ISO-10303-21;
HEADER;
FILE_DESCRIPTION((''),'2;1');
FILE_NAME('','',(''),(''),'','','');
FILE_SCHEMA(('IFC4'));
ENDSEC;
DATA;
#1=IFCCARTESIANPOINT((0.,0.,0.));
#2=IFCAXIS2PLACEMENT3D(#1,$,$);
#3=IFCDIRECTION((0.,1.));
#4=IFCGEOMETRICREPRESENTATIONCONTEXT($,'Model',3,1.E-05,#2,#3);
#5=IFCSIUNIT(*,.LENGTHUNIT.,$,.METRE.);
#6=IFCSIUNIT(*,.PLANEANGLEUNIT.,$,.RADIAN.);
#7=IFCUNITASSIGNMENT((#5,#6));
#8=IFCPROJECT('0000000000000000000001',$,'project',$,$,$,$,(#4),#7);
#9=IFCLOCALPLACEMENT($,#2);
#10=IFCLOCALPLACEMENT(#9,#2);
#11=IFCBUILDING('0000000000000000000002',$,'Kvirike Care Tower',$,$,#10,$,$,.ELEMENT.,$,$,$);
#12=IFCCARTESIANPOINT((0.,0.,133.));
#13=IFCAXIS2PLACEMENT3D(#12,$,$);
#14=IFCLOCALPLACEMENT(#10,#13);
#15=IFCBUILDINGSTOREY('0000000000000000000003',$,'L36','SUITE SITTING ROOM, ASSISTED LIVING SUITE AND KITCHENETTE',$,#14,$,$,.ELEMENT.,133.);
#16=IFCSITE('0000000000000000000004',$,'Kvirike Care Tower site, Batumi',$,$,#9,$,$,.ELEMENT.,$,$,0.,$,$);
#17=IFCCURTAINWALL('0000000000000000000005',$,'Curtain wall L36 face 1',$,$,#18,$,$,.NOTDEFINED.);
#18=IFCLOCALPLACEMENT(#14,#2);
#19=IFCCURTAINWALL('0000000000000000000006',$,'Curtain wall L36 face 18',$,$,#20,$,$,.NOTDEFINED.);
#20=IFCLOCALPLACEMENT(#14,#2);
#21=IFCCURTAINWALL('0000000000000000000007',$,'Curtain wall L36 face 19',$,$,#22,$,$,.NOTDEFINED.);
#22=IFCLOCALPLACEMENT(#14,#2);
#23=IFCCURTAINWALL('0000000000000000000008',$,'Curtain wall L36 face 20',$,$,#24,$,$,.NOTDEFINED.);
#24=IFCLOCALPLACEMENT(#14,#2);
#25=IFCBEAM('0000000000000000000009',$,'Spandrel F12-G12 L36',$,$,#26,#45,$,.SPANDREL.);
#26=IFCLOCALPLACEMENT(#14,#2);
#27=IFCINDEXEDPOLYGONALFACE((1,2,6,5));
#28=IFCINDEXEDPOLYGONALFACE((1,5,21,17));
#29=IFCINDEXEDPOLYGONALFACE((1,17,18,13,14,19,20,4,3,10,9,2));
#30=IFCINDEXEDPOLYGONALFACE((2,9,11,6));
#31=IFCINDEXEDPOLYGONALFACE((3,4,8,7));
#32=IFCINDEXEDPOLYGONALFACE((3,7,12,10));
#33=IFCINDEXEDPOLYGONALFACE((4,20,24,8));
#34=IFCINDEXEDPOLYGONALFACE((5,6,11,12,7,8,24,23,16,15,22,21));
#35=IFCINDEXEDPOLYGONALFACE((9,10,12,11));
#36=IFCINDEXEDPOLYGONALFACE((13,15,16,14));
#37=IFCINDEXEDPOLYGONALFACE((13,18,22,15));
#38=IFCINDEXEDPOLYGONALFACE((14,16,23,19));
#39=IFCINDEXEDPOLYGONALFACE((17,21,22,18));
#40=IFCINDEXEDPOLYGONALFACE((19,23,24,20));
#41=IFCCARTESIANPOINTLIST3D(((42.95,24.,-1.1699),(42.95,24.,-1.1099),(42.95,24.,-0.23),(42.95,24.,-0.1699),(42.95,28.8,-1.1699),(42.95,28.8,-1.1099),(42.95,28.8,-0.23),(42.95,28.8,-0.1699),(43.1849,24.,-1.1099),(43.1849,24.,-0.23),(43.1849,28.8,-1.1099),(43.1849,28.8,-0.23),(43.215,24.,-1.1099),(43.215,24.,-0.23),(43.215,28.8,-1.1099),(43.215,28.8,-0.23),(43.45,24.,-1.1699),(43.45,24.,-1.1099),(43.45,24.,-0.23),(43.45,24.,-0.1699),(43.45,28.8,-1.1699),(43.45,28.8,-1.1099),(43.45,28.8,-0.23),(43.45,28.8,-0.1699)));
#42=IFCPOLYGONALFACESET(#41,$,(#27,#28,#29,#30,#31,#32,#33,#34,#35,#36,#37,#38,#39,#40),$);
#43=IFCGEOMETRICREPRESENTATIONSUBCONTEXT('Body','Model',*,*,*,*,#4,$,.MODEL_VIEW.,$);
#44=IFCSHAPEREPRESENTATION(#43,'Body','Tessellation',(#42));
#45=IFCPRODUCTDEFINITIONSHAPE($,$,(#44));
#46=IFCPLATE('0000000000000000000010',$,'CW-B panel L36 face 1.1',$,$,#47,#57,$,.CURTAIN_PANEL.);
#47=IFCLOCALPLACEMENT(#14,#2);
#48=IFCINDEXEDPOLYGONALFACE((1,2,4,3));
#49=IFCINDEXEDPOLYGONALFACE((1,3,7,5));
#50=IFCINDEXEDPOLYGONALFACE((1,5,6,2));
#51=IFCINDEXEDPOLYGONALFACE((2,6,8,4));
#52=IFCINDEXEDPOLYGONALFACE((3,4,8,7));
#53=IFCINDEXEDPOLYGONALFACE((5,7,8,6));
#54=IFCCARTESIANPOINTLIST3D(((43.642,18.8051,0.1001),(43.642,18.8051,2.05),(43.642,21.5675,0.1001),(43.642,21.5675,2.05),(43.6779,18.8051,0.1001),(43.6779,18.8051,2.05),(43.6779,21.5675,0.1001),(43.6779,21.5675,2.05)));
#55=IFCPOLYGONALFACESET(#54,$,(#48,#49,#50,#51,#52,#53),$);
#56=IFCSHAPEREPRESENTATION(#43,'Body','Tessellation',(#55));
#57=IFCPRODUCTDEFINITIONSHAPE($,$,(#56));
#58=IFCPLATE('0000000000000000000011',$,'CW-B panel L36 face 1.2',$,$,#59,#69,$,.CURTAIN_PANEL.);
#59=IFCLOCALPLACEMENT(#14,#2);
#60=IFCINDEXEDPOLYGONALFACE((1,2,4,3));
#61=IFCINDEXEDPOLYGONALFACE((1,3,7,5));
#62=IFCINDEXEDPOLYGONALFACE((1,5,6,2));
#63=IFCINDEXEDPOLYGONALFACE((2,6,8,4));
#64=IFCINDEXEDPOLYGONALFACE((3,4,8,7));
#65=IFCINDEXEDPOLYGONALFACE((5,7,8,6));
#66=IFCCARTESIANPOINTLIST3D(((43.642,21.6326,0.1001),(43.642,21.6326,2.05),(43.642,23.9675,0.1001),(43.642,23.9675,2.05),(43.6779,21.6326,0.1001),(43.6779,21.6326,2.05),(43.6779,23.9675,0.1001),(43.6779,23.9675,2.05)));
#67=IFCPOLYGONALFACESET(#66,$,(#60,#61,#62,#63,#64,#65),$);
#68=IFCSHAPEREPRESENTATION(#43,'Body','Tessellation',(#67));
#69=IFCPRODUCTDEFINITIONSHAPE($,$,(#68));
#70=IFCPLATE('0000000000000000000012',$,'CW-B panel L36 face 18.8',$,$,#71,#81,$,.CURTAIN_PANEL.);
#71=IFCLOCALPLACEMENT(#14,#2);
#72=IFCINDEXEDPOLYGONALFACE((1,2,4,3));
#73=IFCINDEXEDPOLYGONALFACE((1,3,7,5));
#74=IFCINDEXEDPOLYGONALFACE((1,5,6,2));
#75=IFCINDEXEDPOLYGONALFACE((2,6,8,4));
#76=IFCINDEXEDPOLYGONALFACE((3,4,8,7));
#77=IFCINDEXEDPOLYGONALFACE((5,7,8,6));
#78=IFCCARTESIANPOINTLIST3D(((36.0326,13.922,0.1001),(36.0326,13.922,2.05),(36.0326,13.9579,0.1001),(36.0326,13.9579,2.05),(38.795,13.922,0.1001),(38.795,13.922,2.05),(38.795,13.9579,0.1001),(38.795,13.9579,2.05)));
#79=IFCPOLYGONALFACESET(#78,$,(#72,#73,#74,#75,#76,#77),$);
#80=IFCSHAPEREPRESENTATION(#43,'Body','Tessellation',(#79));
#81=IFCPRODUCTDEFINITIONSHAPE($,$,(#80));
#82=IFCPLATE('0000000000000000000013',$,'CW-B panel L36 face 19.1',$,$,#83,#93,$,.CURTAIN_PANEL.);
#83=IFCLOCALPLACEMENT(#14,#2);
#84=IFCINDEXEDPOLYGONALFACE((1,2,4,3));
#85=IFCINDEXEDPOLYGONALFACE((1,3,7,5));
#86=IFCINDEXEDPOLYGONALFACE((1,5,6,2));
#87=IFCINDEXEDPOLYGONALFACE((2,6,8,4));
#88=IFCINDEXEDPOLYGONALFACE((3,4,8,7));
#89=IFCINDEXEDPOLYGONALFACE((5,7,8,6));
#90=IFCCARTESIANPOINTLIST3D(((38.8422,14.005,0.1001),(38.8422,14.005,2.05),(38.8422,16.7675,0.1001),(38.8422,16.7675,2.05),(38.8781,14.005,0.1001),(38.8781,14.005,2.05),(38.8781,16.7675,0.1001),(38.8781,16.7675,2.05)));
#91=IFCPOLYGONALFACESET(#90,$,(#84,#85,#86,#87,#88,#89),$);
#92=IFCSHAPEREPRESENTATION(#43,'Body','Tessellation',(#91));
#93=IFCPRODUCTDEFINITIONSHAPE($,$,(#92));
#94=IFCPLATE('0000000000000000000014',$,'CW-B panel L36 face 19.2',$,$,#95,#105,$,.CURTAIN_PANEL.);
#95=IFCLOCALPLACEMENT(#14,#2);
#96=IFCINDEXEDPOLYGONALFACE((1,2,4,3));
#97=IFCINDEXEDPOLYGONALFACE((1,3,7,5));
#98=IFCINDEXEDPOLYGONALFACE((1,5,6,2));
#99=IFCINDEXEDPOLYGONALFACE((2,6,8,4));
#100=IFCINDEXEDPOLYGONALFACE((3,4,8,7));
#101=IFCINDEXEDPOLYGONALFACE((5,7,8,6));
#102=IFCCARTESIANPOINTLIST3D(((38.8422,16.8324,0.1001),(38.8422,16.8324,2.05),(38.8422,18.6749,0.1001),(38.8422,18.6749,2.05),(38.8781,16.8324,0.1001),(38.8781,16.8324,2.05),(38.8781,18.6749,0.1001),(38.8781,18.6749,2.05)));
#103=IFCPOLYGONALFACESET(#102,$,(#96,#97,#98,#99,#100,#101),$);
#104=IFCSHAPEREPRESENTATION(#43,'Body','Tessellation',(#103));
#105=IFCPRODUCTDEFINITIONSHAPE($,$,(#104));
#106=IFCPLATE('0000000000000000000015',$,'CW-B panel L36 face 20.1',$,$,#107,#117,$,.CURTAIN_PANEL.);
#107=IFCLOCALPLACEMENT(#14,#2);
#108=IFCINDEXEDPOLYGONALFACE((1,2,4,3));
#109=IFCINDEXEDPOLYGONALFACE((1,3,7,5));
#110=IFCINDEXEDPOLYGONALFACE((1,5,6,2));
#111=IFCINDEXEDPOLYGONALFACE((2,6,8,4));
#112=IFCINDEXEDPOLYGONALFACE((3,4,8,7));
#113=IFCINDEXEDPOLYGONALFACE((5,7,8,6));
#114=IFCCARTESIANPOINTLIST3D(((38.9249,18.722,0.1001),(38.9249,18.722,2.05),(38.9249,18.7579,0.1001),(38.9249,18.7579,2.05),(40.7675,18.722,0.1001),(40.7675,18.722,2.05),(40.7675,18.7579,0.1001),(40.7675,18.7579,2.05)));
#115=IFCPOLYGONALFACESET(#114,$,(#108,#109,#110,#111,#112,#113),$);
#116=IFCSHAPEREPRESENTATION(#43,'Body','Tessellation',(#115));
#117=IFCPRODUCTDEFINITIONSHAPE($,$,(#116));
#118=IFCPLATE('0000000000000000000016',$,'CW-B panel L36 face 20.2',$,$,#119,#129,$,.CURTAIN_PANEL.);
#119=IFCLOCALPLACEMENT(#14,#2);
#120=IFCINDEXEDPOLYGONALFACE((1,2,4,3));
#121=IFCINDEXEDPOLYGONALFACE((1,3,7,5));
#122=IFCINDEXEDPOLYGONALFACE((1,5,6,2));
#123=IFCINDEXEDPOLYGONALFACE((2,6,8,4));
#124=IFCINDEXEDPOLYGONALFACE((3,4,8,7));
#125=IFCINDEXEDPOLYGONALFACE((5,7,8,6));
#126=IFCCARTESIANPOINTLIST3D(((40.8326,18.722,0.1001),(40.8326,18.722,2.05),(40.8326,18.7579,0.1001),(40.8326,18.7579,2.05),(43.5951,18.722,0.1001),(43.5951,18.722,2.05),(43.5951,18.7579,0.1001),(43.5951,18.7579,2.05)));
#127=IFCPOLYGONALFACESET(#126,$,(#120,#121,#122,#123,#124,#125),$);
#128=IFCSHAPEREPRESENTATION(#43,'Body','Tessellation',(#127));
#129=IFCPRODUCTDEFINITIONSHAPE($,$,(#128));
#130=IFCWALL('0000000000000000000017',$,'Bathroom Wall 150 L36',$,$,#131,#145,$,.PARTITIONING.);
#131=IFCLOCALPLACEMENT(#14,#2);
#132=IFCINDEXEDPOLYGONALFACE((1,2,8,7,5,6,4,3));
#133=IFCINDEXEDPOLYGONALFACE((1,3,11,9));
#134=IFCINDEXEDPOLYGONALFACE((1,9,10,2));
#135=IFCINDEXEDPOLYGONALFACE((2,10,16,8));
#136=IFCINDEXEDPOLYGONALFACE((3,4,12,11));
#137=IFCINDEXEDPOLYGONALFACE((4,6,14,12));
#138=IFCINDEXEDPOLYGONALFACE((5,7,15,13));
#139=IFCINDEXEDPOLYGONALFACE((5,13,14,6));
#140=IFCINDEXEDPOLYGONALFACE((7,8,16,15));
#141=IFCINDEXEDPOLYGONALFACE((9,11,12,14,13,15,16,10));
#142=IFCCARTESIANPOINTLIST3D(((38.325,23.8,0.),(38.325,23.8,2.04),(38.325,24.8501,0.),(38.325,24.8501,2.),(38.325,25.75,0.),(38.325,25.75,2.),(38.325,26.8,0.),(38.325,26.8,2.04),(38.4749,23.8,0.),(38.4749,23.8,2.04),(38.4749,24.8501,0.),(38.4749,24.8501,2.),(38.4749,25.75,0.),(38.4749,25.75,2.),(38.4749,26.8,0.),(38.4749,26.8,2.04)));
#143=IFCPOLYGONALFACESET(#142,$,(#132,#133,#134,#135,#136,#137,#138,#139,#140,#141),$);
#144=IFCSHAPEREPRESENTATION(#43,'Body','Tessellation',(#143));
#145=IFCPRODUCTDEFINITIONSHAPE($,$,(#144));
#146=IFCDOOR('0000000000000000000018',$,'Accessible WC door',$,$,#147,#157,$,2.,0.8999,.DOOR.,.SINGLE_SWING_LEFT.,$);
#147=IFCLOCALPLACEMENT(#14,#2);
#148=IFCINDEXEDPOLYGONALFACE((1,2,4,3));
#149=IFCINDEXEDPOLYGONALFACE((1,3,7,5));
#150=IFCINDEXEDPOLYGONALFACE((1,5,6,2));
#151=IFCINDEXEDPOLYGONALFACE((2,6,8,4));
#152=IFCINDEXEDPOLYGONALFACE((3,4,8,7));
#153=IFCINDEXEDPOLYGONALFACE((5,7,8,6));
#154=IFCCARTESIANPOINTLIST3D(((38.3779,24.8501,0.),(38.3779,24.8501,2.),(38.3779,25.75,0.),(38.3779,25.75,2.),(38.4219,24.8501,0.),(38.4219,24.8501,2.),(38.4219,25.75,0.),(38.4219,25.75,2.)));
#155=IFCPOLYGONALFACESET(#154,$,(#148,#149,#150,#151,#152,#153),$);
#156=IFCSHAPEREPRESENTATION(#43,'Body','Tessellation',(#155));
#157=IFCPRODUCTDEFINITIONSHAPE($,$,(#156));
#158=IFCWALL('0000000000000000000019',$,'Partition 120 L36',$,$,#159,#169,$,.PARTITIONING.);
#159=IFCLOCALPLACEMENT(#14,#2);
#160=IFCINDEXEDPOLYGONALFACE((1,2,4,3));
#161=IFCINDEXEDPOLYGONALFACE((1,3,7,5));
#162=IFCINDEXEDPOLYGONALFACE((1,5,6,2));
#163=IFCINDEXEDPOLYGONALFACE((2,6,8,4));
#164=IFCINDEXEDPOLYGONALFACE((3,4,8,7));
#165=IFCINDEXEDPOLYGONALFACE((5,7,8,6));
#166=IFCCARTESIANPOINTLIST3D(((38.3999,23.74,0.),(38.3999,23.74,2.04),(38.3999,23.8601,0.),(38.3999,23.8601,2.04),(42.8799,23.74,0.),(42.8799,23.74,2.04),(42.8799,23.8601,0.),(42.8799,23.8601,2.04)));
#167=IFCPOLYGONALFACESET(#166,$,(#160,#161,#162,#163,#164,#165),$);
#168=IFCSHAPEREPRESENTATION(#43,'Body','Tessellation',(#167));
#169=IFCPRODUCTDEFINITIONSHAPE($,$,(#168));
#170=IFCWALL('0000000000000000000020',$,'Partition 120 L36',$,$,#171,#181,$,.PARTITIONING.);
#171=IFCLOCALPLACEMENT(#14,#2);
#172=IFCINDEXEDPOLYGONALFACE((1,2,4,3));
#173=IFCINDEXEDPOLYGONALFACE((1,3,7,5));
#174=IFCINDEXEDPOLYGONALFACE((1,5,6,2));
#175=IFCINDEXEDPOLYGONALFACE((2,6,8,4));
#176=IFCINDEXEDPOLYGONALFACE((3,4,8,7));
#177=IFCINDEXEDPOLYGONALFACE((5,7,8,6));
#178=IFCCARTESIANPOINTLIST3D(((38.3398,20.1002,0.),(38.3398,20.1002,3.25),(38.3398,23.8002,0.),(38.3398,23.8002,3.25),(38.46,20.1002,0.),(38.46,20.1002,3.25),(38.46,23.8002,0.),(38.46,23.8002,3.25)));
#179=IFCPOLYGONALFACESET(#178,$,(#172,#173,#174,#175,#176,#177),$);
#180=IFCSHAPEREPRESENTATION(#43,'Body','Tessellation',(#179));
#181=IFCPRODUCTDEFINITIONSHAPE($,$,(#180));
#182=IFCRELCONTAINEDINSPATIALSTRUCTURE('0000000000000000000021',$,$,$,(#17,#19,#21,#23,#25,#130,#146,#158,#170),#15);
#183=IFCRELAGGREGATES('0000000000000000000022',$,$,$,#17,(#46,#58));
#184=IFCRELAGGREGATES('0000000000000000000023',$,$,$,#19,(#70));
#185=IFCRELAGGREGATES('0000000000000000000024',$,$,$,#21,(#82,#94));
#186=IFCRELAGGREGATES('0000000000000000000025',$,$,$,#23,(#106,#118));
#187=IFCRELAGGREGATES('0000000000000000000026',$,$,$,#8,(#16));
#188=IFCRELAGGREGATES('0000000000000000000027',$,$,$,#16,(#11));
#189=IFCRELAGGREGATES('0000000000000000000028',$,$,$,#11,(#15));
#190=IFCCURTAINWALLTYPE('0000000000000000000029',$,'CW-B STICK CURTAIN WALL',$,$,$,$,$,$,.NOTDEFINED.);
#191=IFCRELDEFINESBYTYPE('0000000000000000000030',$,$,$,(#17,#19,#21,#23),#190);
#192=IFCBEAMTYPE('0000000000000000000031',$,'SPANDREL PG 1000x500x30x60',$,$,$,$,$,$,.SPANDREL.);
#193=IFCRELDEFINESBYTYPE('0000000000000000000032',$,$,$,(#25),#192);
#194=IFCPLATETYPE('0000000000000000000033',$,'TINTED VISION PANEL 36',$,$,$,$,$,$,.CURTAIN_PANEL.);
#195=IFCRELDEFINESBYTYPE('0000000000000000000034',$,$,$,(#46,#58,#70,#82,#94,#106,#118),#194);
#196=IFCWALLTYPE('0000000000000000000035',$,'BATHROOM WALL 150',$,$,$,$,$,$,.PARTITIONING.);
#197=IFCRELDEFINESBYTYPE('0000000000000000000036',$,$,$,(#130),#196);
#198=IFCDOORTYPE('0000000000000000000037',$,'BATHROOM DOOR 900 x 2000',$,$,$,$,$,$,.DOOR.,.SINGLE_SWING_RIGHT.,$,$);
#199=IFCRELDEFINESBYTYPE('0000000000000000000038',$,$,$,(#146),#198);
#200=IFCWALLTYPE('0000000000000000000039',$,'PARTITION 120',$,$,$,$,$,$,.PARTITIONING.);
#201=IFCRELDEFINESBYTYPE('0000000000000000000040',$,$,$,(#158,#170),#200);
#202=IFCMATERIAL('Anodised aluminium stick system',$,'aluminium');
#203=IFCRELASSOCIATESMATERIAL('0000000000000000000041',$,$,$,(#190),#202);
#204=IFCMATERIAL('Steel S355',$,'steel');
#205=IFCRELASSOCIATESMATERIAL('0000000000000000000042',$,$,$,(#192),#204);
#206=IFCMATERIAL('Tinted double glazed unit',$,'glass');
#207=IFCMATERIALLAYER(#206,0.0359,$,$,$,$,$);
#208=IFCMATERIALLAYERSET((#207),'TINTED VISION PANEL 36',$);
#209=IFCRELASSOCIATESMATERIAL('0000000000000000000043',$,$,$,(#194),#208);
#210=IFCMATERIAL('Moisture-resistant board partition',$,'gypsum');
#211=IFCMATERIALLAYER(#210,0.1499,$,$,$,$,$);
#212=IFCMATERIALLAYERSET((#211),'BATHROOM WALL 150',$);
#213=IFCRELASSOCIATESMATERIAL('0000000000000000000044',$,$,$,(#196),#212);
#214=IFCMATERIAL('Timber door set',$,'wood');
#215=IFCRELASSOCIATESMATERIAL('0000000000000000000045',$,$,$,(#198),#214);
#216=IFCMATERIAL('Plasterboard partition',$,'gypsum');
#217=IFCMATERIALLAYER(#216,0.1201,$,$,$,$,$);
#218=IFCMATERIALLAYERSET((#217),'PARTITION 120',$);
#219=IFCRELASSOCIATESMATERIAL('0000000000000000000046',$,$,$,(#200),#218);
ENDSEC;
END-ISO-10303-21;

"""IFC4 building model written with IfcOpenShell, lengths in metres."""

from ifc_helpers import new_model, si_unit, direction, frame, frame_2d, origin, origin_2d, place, context, subcontext, project, spatial, rectangle, i_section, extrude, material, layer, layer_set, material_profile, profile_set, type_object, element, fill, aggregate, save


model = new_model("IFC4")

# Units and contexts
model_context = context("Model", 3, precision=1e-05, world=origin(), true_north=direction((0.0, 1.0)))
body_context = subcontext(model_context, "Body", "Model", "MODEL_VIEW")
ifc_project = project(units=[si_unit("LENGTHUNIT", "METRE"), si_unit("PLANEANGLEUNIT", "RADIAN")], contexts=[model_context])

# Site, building, storey
site_placement = place(None, origin())
site = spatial("IfcSite", under=ifc_project, at=site_placement, Name="Kvirike Care Tower site, Batumi", CompositionType="ELEMENT", RefElevation=0.0)
building_placement = place(site_placement, origin())
building = spatial("IfcBuilding", under=site, at=building_placement, Name="Kvirike Care Tower", CompositionType="ELEMENT")
storey_placement = place(building_placement, frame((0.0, 0.0, 133.0)))
storey = spatial("IfcBuildingStorey", under=building, at=storey_placement, Name="L36", Description="SUITE SITTING ROOM, ASSISTED LIVING SUITE AND KITCHENETTE", CompositionType="ELEMENT", Elevation=133.0)

# Curtain walls
ifc_material_1 = material(Name="Anodised aluminium stick system", Category="aluminium")
curtain_wall_type = type_object("IfcCurtainWallType", Name="CW-B STICK CURTAIN WALL", PredefinedType="NOTDEFINED", material=ifc_material_1)
curtain_wall_1_placement = place(storey_placement, origin())
curtain_wall_1 = element("IfcCurtainWall", 1, at=curtain_wall_1_placement, inside=storey, type_object=curtain_wall_type, Name="Curtain wall L36 face 1", PredefinedType="NOTDEFINED")
curtain_wall_2_placement = place(storey_placement, origin())
curtain_wall_2 = element("IfcCurtainWall", 2, at=curtain_wall_2_placement, inside=storey, type_object=curtain_wall_type, Name="Curtain wall L36 face 18", PredefinedType="NOTDEFINED")

# Curtain walls
curtain_wall_3_placement = place(storey_placement, origin())
curtain_wall_3 = element("IfcCurtainWall", 3, at=curtain_wall_3_placement, inside=storey, type_object=curtain_wall_type, Name="Curtain wall L36 face 19", PredefinedType="NOTDEFINED")
curtain_wall_4_placement = place(storey_placement, origin())
curtain_wall_4 = element("IfcCurtainWall", 4, at=curtain_wall_4_placement, inside=storey, type_object=curtain_wall_type, Name="Curtain wall L36 face 20", PredefinedType="NOTDEFINED")

# Beam
ifc_material_2 = material(Name="Steel S355", Category="steel")
ifc_material_profile_1 = material_profile(ifc_material_2, i_section(OverallWidth=0.5, OverallDepth=1.0, WebThickness=0.03, FlangeThickness=0.0601, at=origin_2d()), Name="PG 1000x500x30x60")
ifc_profile_set_1 = profile_set([ifc_material_profile_1], Name="Steel S355")
beam_type = type_object("IfcBeamType", Name="SPANDREL PG 1000x500x30x60", PredefinedType="SPANDREL", material=ifc_profile_set_1)
for number, where, z_axis, x_axis, name in (
    (5, (43.2, 24.0, -0.6699), (0.0, 1.0, 0.0), (-1.0, 0.0, 0.0), "Spandrel F12-G12 L36"),
):
    element("IfcBeam", number, at=place(storey_placement, frame(where, z_axis=z_axis, x_axis=x_axis)), inside=storey, type_object=beam_type, Name=name, PredefinedType="SPANDREL", context=body_context, shape_type="SweptSolid", body=[
        extrude(i_section(OverallWidth=0.5, OverallDepth=1.0, WebThickness=0.03, FlangeThickness=0.0601, at=origin_2d()), origin(), (0.0, 0.0, 1.0), 4.8),
    ])

# Plates
ifc_material_3 = material(Name="Tinted double glazed unit", Category="glass")
ifc_layer_1 = layer(ifc_material_3, 0.0359)
ifc_layer_set_1 = layer_set([ifc_layer_1], Name="TINTED VISION PANEL 36")
plate_type = type_object("IfcPlateType", Name="TINTED VISION PANEL 36", PredefinedType="CURTAIN_PANEL", material=ifc_layer_set_1)
plate_1_placement = place(storey_placement, frame((43.6599, 20.1863, 0.1001), z_axis=(0.0, 0.0, 1.0), x_axis=(0.0, 1.0, 0.0)))
plate_1 = element("IfcPlate", 6, at=plate_1_placement, type_object=plate_type, Name="CW-B panel L36 face 1.1", PredefinedType="CURTAIN_PANEL", context=body_context, shape_type="SweptSolid", body=[
    extrude(rectangle(XDim=2.7625, YDim=0.0359, at=origin_2d()), origin(), (0.0, 0.0, 1.0), 1.95),
])
plate_2_placement = place(storey_placement, frame((43.6599, 22.8, 0.1001), z_axis=(0.0, 0.0, 1.0), x_axis=(0.0, 1.0, 0.0)))
plate_2 = element("IfcPlate", 7, at=plate_2_placement, type_object=plate_type, Name="CW-B panel L36 face 1.2", PredefinedType="CURTAIN_PANEL", context=body_context, shape_type="SweptSolid", body=[
    extrude(rectangle(XDim=2.335, YDim=0.0359, at=origin_2d()), origin(), (0.0, 0.0, 1.0), 1.95),
])
aggregate(curtain_wall_1, [plate_1, plate_2])
plate_3_placement = place(storey_placement, frame((37.4138, 13.9399, 0.1001), z_axis=(0.0, 0.0, 1.0), x_axis=(1.0, 0.0, 0.0)))
plate_3 = element("IfcPlate", 8, at=plate_3_placement, type_object=plate_type, Name="CW-B panel L36 face 18.8", PredefinedType="CURTAIN_PANEL", context=body_context, shape_type="SweptSolid", body=[
    extrude(rectangle(XDim=2.7625, YDim=0.0359, at=origin_2d()), origin(), (0.0, 0.0, 1.0), 1.95),
])
aggregate(curtain_wall_2, [plate_3])
plate_4_placement = place(storey_placement, frame((38.8601, 15.3862, 0.1001), z_axis=(0.0, 0.0, 1.0), x_axis=(0.0, 1.0, 0.0)))
plate_4 = element("IfcPlate", 9, at=plate_4_placement, type_object=plate_type, Name="CW-B panel L36 face 19.1", PredefinedType="CURTAIN_PANEL", context=body_context, shape_type="SweptSolid", body=[
    extrude(rectangle(XDim=2.7625, YDim=0.0359, at=origin_2d()), origin(), (0.0, 0.0, 1.0), 1.95),
])
plate_5_placement = place(storey_placement, frame((38.8601, 17.7537, 0.1001), z_axis=(0.0, 0.0, 1.0), x_axis=(0.0, 1.0, 0.0)))
plate_5 = element("IfcPlate", 10, at=plate_5_placement, type_object=plate_type, Name="CW-B panel L36 face 19.2", PredefinedType="CURTAIN_PANEL", context=body_context, shape_type="SweptSolid", body=[
    extrude(rectangle(XDim=1.8425, YDim=0.0359, at=origin_2d()), origin(), (0.0, 0.0, 1.0), 1.95),
])
aggregate(curtain_wall_3, [plate_4, plate_5])
plate_6_placement = place(storey_placement, frame((39.8462, 18.74, 0.1001), z_axis=(0.0, 0.0, 1.0), x_axis=(1.0, 0.0, 0.0)))
plate_6 = element("IfcPlate", 11, at=plate_6_placement, type_object=plate_type, Name="CW-B panel L36 face 20.1", PredefinedType="CURTAIN_PANEL", context=body_context, shape_type="SweptSolid", body=[
    extrude(rectangle(XDim=1.8425, YDim=0.0359, at=origin_2d()), origin(), (0.0, 0.0, 1.0), 1.95),
])
plate_7_placement = place(storey_placement, frame((42.2139, 18.74, 0.1001), z_axis=(0.0, 0.0, 1.0), x_axis=(1.0, 0.0, 0.0)))
plate_7 = element("IfcPlate", 12, at=plate_7_placement, type_object=plate_type, Name="CW-B panel L36 face 20.2", PredefinedType="CURTAIN_PANEL", context=body_context, shape_type="SweptSolid", body=[
    extrude(rectangle(XDim=2.7625, YDim=0.0359, at=origin_2d()), origin(), (0.0, 0.0, 1.0), 1.95),
])
aggregate(curtain_wall_4, [plate_6, plate_7])

# Wall, opening, door
ifc_material_4 = material(Name="Moisture-resistant board partition", Category="gypsum")
ifc_layer_2 = layer(ifc_material_4, 0.1499)
ifc_layer_set_2 = layer_set([ifc_layer_2], Name="BATHROOM WALL 150")
wall_type_1 = type_object("IfcWallType", Name="BATHROOM WALL 150", PredefinedType="PARTITIONING", material=ifc_layer_set_2)
wall_1_placement = place(storey_placement, frame((38.3999, 23.8, 0.0), z_axis=(0.0, 0.0, 1.0), x_axis=(0.0, 1.0, 0.0)))
wall_1 = element("IfcWall", 13, at=wall_1_placement, inside=storey, type_object=wall_type_1, Name="Bathroom Wall 150 L36", PredefinedType="PARTITIONING", context=body_context, shape_type="SweptSolid", body=[
    extrude(rectangle(XDim=3.0, YDim=0.1499, at=frame_2d((1.5, 0.0))), origin(), (0.0, 0.0, 1.0), 2.04),
])
opening_placement = place(wall_1_placement, frame((1.05, 0.0, 0.0)))
opening = element("IfcOpeningElement", 14, at=opening_placement, cuts=wall_1, PredefinedType="OPENING", context=body_context, shape_type="SweptSolid", body=[
    extrude(rectangle(XDim=0.8999, YDim=2.0, at=frame_2d((0.45, 1.0))), frame((0.0, 0.0854, 0.0), z_axis=(0.0, -1.0, 0.0), x_axis=(1.0, 0.0, 0.0)), (0.0, 0.0, 1.0), 0.1709),
])
ifc_material_5 = material(Name="Timber door set", Category="wood")
door_type = type_object("IfcDoorType", Name="BATHROOM DOOR 900 x 2000", OperationType="SINGLE_SWING_RIGHT", PredefinedType="DOOR", material=ifc_material_5)
door_placement = place(opening_placement, frame((0.8999, 0.0, 0.0), z_axis=(0.0, 0.0, 1.0), x_axis=(-1.0, 0.0, 0.0)))
door = element("IfcDoor", 15, at=door_placement, inside=storey, type_object=door_type, Name="Accessible WC door", OperationType="SINGLE_SWING_LEFT", OverallHeight=2.0, OverallWidth=0.8999, PredefinedType="DOOR", context=body_context, shape_type="SweptSolid", body=[
    extrude(rectangle(XDim=0.8999, YDim=2.0, at=frame_2d((0.45, 1.0))), frame((0.0, 0.022, 0.0), z_axis=(0.0, -1.0, 0.0), x_axis=(1.0, 0.0, 0.0)), (0.0, 0.0, 1.0), 0.0439),
])
fill(opening, door)

# Walls
ifc_material_6 = material(Name="Plasterboard partition", Category="gypsum")
ifc_layer_3 = layer(ifc_material_6, 0.1201)
ifc_layer_set_3 = layer_set([ifc_layer_3], Name="PARTITION 120")
wall_type_2 = type_object("IfcWallType", Name="PARTITION 120", PredefinedType="PARTITIONING", material=ifc_layer_set_3)
wall_2_placement = place(storey_placement, frame((38.3999, 23.8, 0.0), z_axis=(0.0, 0.0, 1.0), x_axis=(1.0, 0.0, 0.0)))
element("IfcWall", 16, at=wall_2_placement, inside=storey, type_object=wall_type_2, Name="Partition 120 L36", PredefinedType="PARTITIONING", context=body_context, shape_type="SweptSolid", body=[
    extrude(rectangle(XDim=4.48, YDim=0.1201, at=frame_2d((2.24, 0.0))), origin(), (0.0, 0.0, 1.0), 2.04),
])
wall_3_placement = place(storey_placement, frame((38.3999, 20.1001, 0.0), z_axis=(0.0, 0.0, 1.0), x_axis=(0.0, 1.0, 0.0)))
element("IfcWall", 17, at=wall_3_placement, inside=storey, type_object=wall_type_2, Name="Partition 120 L36", PredefinedType="PARTITIONING", context=body_context, shape_type="SweptSolid", body=[
    extrude(rectangle(XDim=3.7, YDim=0.1201, at=frame_2d((1.8501, 0.0))), origin(), (0.0, 0.0, 1.0), 3.25),
])

save(model, "model.ifc")
